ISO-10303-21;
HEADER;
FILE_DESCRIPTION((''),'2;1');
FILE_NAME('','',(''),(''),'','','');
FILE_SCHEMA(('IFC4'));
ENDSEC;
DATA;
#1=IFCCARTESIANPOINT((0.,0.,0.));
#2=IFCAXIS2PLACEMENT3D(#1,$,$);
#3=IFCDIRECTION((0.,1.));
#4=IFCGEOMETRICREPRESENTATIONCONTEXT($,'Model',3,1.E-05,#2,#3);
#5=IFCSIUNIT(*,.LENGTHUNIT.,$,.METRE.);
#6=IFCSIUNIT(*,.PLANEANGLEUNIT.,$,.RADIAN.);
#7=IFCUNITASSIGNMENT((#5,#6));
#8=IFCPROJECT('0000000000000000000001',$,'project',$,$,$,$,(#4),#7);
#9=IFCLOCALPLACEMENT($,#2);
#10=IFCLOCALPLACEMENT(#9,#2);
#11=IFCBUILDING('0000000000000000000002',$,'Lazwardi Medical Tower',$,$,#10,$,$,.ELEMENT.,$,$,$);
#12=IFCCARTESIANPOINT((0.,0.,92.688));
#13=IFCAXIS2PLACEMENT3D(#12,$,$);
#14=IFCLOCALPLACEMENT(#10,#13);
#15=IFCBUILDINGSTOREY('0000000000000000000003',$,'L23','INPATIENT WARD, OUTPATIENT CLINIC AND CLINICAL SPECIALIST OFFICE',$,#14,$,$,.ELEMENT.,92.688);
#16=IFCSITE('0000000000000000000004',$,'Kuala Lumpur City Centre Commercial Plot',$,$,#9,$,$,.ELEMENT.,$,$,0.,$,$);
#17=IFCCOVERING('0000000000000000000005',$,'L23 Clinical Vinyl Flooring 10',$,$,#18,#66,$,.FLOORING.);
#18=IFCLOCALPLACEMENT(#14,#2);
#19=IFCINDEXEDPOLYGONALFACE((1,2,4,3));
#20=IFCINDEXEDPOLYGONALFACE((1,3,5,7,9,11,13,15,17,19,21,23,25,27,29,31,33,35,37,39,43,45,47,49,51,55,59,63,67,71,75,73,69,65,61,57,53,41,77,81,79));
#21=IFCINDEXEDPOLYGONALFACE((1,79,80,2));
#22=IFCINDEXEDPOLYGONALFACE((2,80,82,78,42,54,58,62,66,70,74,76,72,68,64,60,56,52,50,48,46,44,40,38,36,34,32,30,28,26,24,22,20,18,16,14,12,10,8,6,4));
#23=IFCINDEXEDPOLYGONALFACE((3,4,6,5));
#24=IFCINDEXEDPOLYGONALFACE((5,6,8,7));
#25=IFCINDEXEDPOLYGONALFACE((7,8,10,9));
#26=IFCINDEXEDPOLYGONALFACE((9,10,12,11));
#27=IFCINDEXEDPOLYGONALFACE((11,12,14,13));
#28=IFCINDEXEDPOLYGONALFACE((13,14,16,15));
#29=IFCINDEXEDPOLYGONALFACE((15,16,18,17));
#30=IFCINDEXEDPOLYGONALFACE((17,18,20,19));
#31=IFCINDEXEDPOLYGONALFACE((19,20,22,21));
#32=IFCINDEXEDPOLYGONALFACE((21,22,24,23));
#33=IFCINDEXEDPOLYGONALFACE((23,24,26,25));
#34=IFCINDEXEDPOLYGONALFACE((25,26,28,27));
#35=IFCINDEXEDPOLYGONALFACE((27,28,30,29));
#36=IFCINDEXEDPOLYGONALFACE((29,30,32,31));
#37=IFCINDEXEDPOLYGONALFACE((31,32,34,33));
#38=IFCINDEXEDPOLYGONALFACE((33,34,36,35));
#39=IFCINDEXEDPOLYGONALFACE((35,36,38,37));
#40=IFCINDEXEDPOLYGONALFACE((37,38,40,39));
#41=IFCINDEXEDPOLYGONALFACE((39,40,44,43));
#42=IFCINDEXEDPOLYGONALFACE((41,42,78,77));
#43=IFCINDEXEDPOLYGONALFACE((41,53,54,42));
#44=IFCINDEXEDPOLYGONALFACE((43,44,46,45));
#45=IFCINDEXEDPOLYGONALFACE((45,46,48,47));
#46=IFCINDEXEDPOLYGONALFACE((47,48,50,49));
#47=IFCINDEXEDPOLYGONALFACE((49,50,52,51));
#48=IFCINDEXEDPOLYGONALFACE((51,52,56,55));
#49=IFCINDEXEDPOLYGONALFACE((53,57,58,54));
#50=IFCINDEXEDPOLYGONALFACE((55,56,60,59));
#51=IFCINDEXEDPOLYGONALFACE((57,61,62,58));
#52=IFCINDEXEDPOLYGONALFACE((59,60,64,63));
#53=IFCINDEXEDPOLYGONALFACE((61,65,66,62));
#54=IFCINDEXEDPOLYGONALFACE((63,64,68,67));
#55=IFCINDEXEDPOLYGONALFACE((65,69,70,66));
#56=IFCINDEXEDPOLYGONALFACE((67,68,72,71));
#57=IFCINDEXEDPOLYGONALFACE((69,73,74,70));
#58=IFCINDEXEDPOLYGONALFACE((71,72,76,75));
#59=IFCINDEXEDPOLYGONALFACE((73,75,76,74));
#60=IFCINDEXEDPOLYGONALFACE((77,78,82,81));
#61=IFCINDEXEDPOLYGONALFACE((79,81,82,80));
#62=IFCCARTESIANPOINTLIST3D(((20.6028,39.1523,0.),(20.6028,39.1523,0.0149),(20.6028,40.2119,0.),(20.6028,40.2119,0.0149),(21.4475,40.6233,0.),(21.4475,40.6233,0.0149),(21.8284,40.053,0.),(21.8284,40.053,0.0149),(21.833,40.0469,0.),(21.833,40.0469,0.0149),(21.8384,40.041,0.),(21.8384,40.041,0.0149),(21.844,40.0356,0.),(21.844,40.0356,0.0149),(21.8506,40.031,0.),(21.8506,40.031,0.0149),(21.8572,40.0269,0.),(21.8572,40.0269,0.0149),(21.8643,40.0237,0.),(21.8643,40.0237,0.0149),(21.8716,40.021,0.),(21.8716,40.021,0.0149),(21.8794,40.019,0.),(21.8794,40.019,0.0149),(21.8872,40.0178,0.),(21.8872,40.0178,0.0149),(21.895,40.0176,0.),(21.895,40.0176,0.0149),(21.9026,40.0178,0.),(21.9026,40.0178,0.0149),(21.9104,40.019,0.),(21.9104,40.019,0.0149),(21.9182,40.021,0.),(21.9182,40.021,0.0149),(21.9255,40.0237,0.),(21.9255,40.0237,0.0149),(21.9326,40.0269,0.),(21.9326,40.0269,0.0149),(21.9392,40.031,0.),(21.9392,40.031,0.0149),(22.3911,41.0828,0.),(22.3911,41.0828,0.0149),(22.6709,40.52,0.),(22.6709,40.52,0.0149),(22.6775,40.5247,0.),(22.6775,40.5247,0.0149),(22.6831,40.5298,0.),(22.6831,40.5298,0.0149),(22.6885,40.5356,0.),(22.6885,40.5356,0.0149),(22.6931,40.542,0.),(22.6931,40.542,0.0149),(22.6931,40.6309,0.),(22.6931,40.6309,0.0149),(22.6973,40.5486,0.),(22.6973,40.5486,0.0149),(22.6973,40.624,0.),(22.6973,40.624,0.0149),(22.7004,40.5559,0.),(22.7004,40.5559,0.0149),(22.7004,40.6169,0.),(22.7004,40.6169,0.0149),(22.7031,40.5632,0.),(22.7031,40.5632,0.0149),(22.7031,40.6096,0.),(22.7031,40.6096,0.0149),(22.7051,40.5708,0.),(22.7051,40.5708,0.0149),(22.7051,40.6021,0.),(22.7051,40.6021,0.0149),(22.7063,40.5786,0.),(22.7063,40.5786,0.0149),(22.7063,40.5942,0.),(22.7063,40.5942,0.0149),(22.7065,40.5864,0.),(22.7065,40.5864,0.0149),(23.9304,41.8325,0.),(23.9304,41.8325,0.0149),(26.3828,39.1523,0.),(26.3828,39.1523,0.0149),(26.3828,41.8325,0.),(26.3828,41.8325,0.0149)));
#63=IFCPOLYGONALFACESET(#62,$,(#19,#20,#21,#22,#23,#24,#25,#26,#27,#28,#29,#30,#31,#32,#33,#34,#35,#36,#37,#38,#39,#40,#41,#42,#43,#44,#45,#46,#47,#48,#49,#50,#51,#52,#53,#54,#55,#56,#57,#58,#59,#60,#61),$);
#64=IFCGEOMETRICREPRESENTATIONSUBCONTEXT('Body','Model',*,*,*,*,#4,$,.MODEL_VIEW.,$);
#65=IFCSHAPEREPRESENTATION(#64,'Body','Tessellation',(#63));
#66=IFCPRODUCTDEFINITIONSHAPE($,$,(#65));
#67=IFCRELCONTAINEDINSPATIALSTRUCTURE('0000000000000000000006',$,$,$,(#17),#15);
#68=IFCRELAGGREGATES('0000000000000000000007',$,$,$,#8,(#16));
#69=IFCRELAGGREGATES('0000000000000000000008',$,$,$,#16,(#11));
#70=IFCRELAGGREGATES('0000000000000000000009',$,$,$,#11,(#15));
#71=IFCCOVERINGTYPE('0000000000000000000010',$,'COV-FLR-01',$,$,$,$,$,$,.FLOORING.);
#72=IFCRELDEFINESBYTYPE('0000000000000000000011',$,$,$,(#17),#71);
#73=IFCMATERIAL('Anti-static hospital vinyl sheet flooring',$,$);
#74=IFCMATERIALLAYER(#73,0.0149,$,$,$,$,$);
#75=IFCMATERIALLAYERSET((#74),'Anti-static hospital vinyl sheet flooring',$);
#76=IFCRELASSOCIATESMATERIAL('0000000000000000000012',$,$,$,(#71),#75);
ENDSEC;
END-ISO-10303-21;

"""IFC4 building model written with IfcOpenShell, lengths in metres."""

from ifc_helpers import new_model, si_unit, direction, frame, origin, place, context, subcontext, project, spatial, polyline, outline, extrude, material, layer, layer_set, type_object, element, save


model = new_model("IFC4")

# Units and contexts
model_context = context("Model", 3, precision=1e-05, world=origin(), true_north=direction((0.0, 1.0)))
body_context = subcontext(model_context, "Body", "Model", "MODEL_VIEW")
ifc_project = project(units=[si_unit("LENGTHUNIT", "METRE"), si_unit("PLANEANGLEUNIT", "RADIAN")], contexts=[model_context])

# Site, building, storey
site_placement = place(None, origin())
site = spatial("IfcSite", under=ifc_project, at=site_placement, Name="Kuala Lumpur City Centre Commercial Plot", CompositionType="ELEMENT", RefElevation=0.0)
building_placement = place(site_placement, origin())
building = spatial("IfcBuilding", under=site, at=building_placement, Name="Lazwardi Medical Tower", CompositionType="ELEMENT")
storey_placement = place(building_placement, frame((0.0, 0.0, 92.688)))
storey = spatial("IfcBuildingStorey", under=building, at=storey_placement, Name="L23", Description="INPATIENT WARD, OUTPATIENT CLINIC AND CLINICAL SPECIALIST OFFICE", CompositionType="ELEMENT", Elevation=92.688)

# Covering
ifc_material_1 = material(Name="Anti-static hospital vinyl sheet flooring")
ifc_layer_1 = layer(ifc_material_1, 0.0149)
ifc_layer_set_1 = layer_set([ifc_layer_1], Name="Anti-static hospital vinyl sheet flooring")
covering_type_1 = type_object("IfcCoveringType", Name="COV-FLR-01", PredefinedType="FLOORING", material=ifc_layer_set_1)
covering_1_placement = place(storey_placement, origin())
element("IfcCovering", 1, at=covering_1_placement, inside=storey, type_object=covering_type_1, Name="L23 Clinical Vinyl Flooring 10", PredefinedType="FLOORING", context=body_context, shape_type="SweptSolid", body=[
    extrude(outline(polyline([(23.9304, 41.8325), (22.3911, 41.0828), (22.6931, 40.6309), (22.6973, 40.624), (22.7004, 40.6169), (22.7031, 40.6096), (22.7051, 40.6021), (22.7063, 40.5942), (22.7065, 40.5864), (22.7063, 40.5786), (22.7051, 40.5708), (22.7031, 40.5632), (22.7004, 40.5559), (22.6973, 40.5486), (22.6931, 40.542), (22.6885, 40.5356), (22.6831, 40.5298), (22.6775, 40.5247), (22.6709, 40.52), (21.9392, 40.031), (21.9326, 40.0269), (21.9255, 40.0237), (21.9182, 40.021), (21.9104, 40.019), (21.9026, 40.0178), (21.895, 40.0176), (21.8872, 40.0178), (21.8794, 40.019), (21.8716, 40.021), (21.8643, 40.0237), (21.8572, 40.0269), (21.8506, 40.031), (21.844, 40.0356), (21.8384, 40.041), (21.833, 40.0469), (21.8284, 40.053), (21.4475, 40.6233), (20.6028, 40.2119), (20.6028, 39.1523), (26.3828, 39.1523), (26.3828, 41.8325), (23.9304, 41.8325)])), origin(), (0.0, 0.0, 1.0), 0.0149),
])

save(model, "model.ifc")
